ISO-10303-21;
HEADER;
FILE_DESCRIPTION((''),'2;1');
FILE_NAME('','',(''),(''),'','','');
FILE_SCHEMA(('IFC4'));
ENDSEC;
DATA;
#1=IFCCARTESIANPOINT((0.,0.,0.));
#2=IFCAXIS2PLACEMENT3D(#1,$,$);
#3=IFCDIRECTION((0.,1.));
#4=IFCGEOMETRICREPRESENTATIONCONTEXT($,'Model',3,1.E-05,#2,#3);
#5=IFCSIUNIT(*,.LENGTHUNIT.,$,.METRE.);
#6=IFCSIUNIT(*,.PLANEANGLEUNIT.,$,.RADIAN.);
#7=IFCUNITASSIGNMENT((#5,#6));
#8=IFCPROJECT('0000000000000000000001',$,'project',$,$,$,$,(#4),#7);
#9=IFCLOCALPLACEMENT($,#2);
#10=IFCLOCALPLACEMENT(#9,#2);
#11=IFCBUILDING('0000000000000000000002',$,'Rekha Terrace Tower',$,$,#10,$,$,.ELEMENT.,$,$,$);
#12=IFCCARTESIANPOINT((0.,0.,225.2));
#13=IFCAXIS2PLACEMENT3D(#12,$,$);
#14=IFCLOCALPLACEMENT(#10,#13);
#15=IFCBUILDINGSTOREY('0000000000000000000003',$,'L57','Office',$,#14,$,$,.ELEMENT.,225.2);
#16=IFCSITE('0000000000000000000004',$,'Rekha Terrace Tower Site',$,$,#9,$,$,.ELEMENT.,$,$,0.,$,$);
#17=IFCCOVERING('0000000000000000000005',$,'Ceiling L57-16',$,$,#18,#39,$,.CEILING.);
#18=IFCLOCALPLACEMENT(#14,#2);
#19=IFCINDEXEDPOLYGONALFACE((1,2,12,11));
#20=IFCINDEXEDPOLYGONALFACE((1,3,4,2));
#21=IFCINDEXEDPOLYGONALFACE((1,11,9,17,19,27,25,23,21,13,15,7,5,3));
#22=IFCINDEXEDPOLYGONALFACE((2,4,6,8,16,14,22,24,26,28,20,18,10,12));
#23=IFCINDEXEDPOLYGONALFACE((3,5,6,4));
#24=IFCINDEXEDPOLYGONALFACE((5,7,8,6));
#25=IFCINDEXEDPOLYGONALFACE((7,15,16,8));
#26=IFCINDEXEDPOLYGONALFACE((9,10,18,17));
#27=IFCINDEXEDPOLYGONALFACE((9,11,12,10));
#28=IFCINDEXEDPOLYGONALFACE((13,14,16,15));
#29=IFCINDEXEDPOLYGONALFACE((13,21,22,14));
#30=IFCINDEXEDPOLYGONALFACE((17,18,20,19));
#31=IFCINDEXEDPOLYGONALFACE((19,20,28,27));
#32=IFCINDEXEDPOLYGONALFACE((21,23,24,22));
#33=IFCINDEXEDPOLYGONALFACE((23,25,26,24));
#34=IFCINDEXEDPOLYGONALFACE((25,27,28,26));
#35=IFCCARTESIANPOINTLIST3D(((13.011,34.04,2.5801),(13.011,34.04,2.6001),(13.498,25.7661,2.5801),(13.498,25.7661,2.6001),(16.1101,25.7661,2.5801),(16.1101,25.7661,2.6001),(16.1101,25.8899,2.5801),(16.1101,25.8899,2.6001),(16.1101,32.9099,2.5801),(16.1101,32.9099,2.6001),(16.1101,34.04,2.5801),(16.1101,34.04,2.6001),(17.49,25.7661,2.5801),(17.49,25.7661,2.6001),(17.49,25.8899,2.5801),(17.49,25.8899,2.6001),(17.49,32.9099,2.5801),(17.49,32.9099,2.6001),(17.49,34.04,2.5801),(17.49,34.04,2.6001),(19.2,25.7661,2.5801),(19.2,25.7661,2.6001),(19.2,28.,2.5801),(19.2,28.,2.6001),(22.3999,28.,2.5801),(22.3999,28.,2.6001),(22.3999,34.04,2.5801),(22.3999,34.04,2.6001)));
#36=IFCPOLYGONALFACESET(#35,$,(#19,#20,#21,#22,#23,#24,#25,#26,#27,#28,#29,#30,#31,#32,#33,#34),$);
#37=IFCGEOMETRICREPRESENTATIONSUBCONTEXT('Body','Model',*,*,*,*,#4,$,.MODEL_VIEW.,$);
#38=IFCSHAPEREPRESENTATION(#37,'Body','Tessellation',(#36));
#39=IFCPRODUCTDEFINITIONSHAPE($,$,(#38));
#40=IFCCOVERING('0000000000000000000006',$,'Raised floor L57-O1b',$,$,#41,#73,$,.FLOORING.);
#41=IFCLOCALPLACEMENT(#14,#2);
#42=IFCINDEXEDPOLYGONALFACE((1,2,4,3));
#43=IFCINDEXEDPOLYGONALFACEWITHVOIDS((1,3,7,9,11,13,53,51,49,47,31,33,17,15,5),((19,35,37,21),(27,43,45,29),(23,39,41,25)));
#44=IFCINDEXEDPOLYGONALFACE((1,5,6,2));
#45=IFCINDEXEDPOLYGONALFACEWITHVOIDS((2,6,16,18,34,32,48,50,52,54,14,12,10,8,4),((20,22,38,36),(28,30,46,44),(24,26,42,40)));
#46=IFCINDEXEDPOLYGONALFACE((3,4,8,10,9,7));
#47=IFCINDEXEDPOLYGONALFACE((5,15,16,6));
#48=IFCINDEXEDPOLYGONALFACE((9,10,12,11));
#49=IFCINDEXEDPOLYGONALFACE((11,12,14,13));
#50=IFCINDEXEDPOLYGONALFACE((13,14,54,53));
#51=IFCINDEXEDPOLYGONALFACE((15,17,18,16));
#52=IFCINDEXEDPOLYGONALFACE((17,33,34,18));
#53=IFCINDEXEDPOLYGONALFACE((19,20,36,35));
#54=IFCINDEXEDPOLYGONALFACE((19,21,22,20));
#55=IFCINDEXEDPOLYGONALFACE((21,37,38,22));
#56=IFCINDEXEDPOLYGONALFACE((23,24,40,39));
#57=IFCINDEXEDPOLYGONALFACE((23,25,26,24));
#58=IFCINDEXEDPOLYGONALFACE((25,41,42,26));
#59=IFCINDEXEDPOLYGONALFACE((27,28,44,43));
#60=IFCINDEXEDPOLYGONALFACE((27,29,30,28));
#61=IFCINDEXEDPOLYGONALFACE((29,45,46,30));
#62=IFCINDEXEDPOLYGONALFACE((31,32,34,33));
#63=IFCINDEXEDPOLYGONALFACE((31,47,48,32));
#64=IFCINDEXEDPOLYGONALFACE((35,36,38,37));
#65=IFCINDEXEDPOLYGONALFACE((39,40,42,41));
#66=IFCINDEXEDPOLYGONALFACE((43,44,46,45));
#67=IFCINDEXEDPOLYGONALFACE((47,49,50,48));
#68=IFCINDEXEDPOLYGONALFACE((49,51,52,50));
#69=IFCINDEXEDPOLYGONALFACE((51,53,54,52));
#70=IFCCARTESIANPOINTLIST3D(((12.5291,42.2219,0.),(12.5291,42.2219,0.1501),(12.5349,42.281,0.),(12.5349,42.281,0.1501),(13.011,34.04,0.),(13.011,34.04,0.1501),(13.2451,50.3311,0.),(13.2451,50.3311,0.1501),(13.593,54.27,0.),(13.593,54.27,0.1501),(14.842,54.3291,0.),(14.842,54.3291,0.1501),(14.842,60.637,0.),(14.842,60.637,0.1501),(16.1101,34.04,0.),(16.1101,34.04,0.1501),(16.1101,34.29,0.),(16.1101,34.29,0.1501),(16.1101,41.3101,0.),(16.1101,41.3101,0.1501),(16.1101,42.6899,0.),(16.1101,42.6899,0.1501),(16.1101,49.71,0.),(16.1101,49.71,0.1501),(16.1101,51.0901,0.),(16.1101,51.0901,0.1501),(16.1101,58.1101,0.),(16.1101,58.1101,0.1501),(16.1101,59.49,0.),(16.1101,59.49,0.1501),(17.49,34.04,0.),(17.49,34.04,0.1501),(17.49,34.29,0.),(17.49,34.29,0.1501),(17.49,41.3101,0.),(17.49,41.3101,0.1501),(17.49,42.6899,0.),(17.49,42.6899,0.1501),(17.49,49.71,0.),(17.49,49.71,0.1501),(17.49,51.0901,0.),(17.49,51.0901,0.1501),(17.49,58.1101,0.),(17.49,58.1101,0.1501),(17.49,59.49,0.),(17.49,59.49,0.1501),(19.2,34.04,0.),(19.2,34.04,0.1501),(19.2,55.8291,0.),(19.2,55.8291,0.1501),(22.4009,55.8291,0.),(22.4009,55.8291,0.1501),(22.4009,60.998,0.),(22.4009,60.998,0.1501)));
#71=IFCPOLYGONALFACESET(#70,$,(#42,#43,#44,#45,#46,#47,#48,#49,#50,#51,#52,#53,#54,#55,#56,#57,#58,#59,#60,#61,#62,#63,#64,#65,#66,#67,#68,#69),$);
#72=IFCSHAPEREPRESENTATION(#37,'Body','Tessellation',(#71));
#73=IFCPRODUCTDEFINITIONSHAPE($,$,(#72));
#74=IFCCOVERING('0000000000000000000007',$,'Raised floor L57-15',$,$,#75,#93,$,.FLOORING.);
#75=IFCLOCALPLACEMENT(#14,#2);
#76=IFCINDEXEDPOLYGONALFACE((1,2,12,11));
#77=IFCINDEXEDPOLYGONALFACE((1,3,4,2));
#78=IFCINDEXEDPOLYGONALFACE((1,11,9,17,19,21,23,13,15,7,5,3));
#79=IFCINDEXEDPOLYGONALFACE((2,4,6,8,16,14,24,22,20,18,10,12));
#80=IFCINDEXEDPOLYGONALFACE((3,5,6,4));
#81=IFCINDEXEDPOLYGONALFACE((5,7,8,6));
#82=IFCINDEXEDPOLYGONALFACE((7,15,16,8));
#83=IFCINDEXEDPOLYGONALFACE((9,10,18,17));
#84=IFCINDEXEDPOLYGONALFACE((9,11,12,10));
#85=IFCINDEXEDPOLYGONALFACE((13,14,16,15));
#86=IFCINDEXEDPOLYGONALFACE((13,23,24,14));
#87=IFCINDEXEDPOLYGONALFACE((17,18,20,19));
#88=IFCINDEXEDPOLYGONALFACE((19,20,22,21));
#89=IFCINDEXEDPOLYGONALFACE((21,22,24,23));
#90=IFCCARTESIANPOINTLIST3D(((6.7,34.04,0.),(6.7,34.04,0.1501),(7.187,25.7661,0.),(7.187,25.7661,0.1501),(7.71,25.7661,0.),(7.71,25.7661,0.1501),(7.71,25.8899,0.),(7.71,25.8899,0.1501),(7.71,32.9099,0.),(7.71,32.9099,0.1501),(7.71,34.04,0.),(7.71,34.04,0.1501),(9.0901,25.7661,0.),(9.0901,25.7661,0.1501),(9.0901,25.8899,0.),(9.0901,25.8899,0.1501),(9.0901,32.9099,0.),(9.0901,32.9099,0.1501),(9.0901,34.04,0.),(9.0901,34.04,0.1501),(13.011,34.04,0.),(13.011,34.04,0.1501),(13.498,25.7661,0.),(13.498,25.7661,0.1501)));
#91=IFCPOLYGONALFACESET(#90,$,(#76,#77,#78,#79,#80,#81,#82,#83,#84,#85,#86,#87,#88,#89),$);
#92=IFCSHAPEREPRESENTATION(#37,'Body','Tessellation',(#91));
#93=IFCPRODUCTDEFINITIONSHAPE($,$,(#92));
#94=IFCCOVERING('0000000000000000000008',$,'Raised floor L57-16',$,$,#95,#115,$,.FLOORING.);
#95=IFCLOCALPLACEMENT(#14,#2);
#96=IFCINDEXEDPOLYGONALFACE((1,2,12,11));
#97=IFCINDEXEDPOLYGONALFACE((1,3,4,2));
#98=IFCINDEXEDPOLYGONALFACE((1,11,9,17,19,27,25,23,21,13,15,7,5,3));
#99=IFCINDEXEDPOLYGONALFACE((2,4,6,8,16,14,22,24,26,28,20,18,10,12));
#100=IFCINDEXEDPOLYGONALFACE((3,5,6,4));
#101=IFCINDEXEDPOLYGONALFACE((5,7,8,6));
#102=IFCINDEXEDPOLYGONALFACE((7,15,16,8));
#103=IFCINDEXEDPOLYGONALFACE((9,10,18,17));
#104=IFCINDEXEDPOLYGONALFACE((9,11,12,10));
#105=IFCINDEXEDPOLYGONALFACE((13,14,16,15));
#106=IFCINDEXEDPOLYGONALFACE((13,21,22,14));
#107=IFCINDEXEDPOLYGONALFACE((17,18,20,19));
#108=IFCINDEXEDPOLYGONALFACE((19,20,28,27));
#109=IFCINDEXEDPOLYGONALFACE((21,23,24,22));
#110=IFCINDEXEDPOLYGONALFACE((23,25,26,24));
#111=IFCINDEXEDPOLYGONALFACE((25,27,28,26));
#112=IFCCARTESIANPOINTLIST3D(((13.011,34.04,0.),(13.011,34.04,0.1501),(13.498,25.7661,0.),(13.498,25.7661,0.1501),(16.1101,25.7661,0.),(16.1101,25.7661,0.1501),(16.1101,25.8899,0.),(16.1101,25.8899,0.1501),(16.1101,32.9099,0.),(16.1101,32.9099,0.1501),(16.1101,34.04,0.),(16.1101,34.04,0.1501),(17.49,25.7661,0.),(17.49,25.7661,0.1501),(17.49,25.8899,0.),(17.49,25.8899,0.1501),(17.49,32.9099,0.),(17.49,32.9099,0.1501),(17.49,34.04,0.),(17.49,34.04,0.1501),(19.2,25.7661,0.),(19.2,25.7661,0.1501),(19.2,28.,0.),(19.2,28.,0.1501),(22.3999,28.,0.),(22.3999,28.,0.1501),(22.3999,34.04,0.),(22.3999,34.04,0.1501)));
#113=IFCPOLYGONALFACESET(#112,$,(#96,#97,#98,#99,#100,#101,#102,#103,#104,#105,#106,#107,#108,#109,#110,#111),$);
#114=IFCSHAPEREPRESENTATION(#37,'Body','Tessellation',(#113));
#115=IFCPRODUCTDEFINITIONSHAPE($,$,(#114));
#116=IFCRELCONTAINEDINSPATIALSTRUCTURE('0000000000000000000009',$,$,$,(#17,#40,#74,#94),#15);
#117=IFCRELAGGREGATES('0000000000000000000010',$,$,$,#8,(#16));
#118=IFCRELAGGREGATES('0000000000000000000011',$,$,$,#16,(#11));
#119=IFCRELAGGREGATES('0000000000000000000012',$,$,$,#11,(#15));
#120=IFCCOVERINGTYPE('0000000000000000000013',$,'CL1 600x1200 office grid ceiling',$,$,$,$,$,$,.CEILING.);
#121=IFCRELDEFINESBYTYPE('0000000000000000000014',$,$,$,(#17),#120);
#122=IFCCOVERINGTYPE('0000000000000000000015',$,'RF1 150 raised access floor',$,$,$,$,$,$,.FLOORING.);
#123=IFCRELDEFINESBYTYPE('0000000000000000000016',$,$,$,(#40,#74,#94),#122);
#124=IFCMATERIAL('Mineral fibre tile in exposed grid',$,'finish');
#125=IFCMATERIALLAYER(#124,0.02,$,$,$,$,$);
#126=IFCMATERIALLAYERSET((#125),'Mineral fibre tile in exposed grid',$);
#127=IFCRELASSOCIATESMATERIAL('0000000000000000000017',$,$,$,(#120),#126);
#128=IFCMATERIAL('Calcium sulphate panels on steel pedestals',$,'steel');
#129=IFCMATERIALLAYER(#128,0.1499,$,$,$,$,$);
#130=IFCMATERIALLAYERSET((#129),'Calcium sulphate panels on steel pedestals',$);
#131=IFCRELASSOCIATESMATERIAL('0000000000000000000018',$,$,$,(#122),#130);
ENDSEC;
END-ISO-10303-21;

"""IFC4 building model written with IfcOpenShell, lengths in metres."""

from ifc_helpers import new_model, si_unit, direction, frame, origin, place, context, subcontext, project, spatial, polyline, outline, extrude, material, layer, layer_set, type_object, element, save


model = new_model("IFC4")

# Units and contexts
model_context = context("Model", 3, precision=1e-05, world=origin(), true_north=direction((0.0, 1.0)))
body_context = subcontext(model_context, "Body", "Model", "MODEL_VIEW")
ifc_project = project(units=[si_unit("LENGTHUNIT", "METRE"), si_unit("PLANEANGLEUNIT", "RADIAN")], contexts=[model_context])

# Site, building, storey
site_placement = place(None, origin())
site = spatial("IfcSite", under=ifc_project, at=site_placement, Name="Rekha Terrace Tower Site", CompositionType="ELEMENT", RefElevation=0.0)
building_placement = place(site_placement, origin())
building = spatial("IfcBuilding", under=site, at=building_placement, Name="Rekha Terrace Tower", CompositionType="ELEMENT")
storey_placement = place(building_placement, frame((0.0, 0.0, 225.2)))
storey = spatial("IfcBuildingStorey", under=building, at=storey_placement, Name="L57", Description="Office", CompositionType="ELEMENT", Elevation=225.2)

# Coverings
ifc_material_1 = material(Name="Mineral fibre tile in exposed grid", Category="finish")
ifc_layer_1 = layer(ifc_material_1, 0.02)
ifc_layer_set_1 = layer_set([ifc_layer_1], Name="Mineral fibre tile in exposed grid")
covering_type_1 = type_object("IfcCoveringType", Name="CL1 600x1200 office grid ceiling", PredefinedType="CEILING", material=ifc_layer_set_1)
covering_1_placement = place(storey_placement, frame((0.0, 0.0, 2.5801)))
element("IfcCovering", 1, at=covering_1_placement, inside=storey, type_object=covering_type_1, Name="Ceiling L57-16", PredefinedType="CEILING", context=body_context, shape_type="SweptSolid", body=[
    extrude(outline(polyline([(19.2, 25.7661), (19.2, 28.0), (22.3999, 28.0), (22.3999, 34.04), (17.49, 34.04), (17.49, 32.9099), (16.1101, 32.9099), (16.1101, 34.04), (13.011, 34.04), (13.498, 25.7661), (16.1101, 25.7661), (16.1101, 25.8899), (17.49, 25.8899), (17.49, 25.7661), (19.2, 25.7661)])), origin(), (0.0, 0.0, 1.0), 0.02),
])
ifc_material_2 = material(Name="Calcium sulphate panels on steel pedestals", Category="steel")
ifc_layer_2 = layer(ifc_material_2, 0.1499)
ifc_layer_set_2 = layer_set([ifc_layer_2], Name="Calcium sulphate panels on steel pedestals")
covering_type_2 = type_object("IfcCoveringType", Name="RF1 150 raised access floor", PredefinedType="FLOORING", material=ifc_layer_set_2)
covering_2_placement = place(storey_placement, origin())
element("IfcCovering", 2, at=covering_2_placement, inside=storey, type_object=covering_type_2, Name="Raised floor L57-O1b", PredefinedType="FLOORING", context=body_context, shape_type="SweptSolid", body=[
    extrude(outline(polyline([(13.2451, 50.3311), (12.5349, 42.281), (12.5291, 42.2219), (13.011, 34.04), (16.1101, 34.04), (16.1101, 34.29), (17.49, 34.29), (17.49, 34.04), (19.2, 34.04), (19.2, 55.8291), (22.4009, 55.8291), (22.4009, 60.998), (14.842, 60.637), (14.842, 54.3291), (13.593, 54.27), (13.2451, 50.3311)]), holes=[polyline([(17.49, 42.6899), (17.49, 41.3101), (16.1101, 41.3101), (16.1101, 42.6899), (17.49, 42.6899)]), polyline([(17.49, 51.0901), (17.49, 49.71), (16.1101, 49.71), (16.1101, 51.0901), (17.49, 51.0901)]), polyline([(17.49, 59.49), (17.49, 58.1101), (16.1101, 58.1101), (16.1101, 59.49), (17.49, 59.49)])]), origin(), (0.0, 0.0, 1.0), 0.1501),
])
covering_3_placement = place(storey_placement, origin())
element("IfcCovering", 3, at=covering_3_placement, inside=storey, type_object=covering_type_2, Name="Raised floor L57-15", PredefinedType="FLOORING", context=body_context, shape_type="SweptSolid", body=[
    extrude(outline(polyline([(9.0901, 25.8899), (9.0901, 25.7661), (13.498, 25.7661), (13.011, 34.04), (9.0901, 34.04), (9.0901, 32.9099), (7.71, 32.9099), (7.71, 34.04), (6.7, 34.04), (7.187, 25.7661), (7.71, 25.7661), (7.71, 25.8899), (9.0901, 25.8899)])), origin(), (0.0, 0.0, 1.0), 0.1501),
])
covering_4_placement = place(storey_placement, origin())
element("IfcCovering", 4, at=covering_4_placement, inside=storey, type_object=covering_type_2, Name="Raised floor L57-16", PredefinedType="FLOORING", context=body_context, shape_type="SweptSolid", body=[
    extrude(outline(polyline([(19.2, 25.7661), (19.2, 28.0), (22.3999, 28.0), (22.3999, 34.04), (17.49, 34.04), (17.49, 32.9099), (16.1101, 32.9099), (16.1101, 34.04), (13.011, 34.04), (13.498, 25.7661), (16.1101, 25.7661), (16.1101, 25.8899), (17.49, 25.8899), (17.49, 25.7661), (19.2, 25.7661)])), origin(), (0.0, 0.0, 1.0), 0.1501),
])

save(model, "model.ifc")
